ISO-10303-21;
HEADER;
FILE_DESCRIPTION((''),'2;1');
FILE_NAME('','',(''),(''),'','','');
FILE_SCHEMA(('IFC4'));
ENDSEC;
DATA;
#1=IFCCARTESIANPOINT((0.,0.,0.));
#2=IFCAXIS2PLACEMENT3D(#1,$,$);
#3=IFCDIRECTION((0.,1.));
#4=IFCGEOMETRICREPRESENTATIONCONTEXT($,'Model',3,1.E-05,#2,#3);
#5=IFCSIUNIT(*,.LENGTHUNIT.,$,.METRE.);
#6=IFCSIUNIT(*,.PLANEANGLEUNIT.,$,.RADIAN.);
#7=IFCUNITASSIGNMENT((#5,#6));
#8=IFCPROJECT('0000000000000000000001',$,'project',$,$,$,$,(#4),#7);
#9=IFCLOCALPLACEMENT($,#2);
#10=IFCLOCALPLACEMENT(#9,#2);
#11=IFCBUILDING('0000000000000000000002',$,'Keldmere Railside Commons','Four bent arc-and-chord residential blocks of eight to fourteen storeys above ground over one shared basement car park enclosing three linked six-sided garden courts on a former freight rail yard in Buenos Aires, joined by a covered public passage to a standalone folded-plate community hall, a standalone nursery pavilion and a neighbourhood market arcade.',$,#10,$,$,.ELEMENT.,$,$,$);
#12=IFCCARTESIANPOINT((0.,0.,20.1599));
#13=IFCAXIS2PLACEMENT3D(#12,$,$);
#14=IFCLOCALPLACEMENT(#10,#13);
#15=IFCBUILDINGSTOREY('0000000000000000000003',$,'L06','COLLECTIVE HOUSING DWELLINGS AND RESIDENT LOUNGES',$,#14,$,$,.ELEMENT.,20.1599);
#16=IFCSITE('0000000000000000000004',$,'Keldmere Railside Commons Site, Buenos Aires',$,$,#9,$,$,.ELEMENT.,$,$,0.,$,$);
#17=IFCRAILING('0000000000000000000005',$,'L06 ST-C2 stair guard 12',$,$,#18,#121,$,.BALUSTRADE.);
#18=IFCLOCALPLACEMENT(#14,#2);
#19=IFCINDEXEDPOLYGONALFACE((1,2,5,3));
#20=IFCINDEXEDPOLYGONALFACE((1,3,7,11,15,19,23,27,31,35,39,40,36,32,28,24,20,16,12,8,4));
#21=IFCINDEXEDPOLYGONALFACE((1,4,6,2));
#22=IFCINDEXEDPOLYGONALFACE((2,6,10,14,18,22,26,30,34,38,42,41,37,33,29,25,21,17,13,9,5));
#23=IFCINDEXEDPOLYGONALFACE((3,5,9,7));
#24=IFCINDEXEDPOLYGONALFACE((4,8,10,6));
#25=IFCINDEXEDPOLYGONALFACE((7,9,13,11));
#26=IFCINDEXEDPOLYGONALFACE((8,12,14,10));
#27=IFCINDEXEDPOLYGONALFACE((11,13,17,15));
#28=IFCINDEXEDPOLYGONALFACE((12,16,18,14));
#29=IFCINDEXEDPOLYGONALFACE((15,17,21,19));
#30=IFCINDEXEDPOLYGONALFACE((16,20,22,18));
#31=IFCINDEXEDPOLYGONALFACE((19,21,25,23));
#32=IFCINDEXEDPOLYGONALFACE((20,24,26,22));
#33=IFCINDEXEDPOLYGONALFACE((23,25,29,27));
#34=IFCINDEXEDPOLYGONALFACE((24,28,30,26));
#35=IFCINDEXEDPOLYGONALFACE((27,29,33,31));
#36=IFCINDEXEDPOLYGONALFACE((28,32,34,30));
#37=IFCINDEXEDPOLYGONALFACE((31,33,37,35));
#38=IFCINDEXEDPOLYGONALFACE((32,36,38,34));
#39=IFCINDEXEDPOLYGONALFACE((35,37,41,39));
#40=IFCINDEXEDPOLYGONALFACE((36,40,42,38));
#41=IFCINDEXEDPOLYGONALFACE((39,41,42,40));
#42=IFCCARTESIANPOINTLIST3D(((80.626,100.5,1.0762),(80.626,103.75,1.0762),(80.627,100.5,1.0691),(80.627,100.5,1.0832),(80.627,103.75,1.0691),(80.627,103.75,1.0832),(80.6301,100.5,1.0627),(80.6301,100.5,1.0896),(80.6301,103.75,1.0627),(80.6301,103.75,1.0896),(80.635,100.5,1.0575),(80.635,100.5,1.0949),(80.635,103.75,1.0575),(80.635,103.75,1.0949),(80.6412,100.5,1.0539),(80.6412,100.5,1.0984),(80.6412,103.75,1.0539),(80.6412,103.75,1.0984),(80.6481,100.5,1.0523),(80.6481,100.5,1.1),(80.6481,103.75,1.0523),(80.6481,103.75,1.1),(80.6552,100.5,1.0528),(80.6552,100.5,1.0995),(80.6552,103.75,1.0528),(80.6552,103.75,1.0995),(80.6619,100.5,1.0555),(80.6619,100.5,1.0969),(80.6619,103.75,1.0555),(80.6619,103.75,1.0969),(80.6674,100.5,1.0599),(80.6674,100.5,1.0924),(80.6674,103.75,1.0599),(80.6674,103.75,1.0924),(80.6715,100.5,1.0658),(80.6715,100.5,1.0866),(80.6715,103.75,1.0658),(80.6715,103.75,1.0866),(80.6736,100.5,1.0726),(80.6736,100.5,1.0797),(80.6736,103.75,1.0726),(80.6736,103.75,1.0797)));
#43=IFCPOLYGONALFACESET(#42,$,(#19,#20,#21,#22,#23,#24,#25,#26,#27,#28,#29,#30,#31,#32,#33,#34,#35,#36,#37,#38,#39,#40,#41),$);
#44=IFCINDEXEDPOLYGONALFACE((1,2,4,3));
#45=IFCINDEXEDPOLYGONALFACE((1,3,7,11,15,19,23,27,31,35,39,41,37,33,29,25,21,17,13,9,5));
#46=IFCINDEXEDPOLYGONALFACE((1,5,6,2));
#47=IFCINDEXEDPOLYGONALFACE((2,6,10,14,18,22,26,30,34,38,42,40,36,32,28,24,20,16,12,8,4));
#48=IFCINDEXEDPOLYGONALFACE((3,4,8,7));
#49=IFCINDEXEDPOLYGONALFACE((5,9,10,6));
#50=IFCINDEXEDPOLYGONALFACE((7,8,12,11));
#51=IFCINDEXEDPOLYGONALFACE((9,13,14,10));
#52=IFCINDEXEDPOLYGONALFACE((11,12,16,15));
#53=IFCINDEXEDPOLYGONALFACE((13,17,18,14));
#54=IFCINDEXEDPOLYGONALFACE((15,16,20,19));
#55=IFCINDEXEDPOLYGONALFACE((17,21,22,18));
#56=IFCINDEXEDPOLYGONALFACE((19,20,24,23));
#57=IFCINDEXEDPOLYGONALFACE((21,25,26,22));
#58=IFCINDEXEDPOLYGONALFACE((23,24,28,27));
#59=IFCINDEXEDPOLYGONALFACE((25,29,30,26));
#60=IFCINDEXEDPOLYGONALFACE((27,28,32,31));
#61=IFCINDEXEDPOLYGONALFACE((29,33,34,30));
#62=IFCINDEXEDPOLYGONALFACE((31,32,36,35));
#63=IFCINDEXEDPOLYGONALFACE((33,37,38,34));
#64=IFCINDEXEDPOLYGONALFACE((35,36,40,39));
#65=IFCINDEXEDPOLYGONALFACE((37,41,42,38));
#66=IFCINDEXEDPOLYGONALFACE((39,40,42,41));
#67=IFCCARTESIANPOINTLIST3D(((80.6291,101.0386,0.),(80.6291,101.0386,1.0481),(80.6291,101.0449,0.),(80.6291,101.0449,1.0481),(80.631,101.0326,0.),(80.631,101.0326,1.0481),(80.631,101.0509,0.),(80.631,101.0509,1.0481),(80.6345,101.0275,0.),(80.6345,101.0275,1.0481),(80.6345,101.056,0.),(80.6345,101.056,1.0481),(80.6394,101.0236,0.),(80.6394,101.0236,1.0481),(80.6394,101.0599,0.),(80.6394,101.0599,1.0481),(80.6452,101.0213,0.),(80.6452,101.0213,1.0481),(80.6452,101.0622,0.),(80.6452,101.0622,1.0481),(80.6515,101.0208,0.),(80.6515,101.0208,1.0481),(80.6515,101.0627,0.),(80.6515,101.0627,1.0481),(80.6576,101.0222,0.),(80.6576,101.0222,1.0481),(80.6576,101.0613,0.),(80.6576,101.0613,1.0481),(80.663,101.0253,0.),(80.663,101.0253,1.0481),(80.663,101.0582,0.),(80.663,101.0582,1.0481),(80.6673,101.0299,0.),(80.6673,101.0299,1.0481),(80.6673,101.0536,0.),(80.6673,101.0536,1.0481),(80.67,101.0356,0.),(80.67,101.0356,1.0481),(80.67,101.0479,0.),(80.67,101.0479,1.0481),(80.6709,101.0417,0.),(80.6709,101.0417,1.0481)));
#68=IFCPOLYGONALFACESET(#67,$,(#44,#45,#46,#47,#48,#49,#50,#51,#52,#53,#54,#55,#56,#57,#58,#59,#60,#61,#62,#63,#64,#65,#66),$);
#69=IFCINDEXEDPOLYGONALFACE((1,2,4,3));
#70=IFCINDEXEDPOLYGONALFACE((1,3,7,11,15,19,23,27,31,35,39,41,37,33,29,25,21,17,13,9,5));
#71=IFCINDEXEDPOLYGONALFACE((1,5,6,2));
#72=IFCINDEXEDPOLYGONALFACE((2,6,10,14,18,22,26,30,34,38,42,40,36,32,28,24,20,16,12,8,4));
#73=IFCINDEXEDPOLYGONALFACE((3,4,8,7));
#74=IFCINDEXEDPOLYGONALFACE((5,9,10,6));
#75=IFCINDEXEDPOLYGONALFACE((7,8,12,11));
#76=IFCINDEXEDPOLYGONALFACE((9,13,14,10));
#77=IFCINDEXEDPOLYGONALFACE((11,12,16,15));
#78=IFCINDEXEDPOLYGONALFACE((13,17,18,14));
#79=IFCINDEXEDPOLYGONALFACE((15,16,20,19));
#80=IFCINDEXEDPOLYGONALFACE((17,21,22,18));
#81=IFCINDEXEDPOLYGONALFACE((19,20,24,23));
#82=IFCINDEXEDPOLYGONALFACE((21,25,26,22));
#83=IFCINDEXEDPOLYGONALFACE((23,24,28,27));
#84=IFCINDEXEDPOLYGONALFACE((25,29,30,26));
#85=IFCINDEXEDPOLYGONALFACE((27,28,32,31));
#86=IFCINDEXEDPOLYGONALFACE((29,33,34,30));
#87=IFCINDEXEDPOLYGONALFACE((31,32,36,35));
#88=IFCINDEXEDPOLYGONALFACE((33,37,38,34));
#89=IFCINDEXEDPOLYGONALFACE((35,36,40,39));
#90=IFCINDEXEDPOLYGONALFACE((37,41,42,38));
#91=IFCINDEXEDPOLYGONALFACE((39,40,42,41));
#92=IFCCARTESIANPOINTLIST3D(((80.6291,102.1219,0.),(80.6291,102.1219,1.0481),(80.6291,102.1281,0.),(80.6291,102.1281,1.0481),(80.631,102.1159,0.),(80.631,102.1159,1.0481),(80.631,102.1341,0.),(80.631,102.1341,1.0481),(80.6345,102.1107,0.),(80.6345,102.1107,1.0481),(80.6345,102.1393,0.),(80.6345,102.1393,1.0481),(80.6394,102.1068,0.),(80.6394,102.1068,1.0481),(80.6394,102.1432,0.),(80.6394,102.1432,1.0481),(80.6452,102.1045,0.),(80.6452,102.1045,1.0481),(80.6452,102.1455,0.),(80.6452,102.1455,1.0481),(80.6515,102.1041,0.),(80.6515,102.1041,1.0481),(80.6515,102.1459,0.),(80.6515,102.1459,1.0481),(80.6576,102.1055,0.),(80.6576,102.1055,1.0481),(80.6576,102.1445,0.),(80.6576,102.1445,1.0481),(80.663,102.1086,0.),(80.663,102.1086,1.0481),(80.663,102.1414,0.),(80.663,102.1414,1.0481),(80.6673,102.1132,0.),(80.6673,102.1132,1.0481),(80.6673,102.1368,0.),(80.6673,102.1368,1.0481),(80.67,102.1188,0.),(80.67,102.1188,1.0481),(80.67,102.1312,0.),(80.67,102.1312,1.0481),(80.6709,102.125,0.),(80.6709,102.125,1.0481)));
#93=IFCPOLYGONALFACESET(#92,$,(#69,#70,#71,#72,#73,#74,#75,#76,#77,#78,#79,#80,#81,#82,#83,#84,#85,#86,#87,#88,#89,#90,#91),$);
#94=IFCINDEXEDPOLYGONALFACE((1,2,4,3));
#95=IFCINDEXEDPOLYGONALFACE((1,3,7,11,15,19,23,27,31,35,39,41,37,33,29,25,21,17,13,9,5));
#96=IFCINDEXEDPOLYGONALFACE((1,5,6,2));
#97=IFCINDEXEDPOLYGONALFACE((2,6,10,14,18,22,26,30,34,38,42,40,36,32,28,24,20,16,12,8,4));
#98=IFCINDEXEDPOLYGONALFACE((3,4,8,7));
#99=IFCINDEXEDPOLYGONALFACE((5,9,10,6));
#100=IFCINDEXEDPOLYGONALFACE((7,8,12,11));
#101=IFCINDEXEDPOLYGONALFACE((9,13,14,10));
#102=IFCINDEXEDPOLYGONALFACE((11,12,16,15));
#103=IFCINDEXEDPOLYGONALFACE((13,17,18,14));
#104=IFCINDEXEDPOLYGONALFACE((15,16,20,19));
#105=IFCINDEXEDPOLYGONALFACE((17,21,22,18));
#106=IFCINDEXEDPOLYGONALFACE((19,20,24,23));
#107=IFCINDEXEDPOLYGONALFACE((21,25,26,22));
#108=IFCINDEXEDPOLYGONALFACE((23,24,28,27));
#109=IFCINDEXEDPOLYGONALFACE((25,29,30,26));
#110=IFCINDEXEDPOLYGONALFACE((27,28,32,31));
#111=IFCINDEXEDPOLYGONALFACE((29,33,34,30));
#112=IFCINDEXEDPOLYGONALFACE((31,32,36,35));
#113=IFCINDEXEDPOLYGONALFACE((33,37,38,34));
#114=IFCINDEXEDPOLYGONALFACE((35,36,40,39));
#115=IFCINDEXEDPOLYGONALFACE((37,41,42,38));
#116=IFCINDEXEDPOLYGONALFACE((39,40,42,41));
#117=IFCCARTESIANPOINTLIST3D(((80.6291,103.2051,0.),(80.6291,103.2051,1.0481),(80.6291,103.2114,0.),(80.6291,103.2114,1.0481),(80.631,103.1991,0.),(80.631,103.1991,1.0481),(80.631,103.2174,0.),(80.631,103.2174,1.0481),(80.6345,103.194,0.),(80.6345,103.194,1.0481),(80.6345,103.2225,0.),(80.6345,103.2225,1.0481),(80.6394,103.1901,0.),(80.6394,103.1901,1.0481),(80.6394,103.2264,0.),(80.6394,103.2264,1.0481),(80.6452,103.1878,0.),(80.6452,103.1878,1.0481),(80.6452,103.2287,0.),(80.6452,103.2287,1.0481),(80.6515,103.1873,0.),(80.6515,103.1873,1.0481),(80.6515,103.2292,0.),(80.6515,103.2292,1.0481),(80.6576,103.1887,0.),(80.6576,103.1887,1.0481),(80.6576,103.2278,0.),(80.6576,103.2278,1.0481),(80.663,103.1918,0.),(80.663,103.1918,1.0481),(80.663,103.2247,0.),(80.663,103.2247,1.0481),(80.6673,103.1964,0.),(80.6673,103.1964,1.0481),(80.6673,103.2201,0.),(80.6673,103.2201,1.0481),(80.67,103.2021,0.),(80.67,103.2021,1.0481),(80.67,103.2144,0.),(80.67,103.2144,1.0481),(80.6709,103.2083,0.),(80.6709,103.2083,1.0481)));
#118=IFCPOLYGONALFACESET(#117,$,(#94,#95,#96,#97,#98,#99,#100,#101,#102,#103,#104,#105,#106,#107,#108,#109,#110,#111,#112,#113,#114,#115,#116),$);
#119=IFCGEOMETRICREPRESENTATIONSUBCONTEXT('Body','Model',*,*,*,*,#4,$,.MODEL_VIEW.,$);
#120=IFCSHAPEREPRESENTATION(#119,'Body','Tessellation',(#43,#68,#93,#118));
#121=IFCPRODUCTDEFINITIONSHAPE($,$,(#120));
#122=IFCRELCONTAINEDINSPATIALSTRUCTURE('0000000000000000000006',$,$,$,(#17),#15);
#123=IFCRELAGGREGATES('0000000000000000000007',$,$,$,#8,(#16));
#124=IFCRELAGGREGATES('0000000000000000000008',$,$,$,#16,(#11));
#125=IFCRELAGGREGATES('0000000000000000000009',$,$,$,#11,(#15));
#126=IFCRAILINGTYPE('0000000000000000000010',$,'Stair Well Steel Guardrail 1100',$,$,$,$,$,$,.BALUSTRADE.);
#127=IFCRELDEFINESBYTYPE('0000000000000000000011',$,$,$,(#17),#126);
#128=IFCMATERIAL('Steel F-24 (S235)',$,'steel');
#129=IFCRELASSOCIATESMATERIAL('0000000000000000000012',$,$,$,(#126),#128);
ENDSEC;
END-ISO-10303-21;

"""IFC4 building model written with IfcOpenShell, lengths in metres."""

from ifc_helpers import new_model, si_unit, direction, frame, origin, origin_2d, place, context, subcontext, project, spatial, circle, extrude, material, type_object, element, save


model = new_model("IFC4")

# Units and contexts
model_context = context("Model", 3, precision=1e-05, world=origin(), true_north=direction((0.0, 1.0)))
body_context = subcontext(model_context, "Body", "Model", "MODEL_VIEW")
ifc_project = project(units=[si_unit("LENGTHUNIT", "METRE"), si_unit("PLANEANGLEUNIT", "RADIAN")], contexts=[model_context])

# Site, building, storey
site_placement = place(None, origin())
site = spatial("IfcSite", under=ifc_project, at=site_placement, Name="Keldmere Railside Commons Site, Buenos Aires", CompositionType="ELEMENT", RefElevation=0.0)
building_placement = place(site_placement, origin())
building = spatial("IfcBuilding", under=site, at=building_placement, Name="Keldmere Railside Commons", Description="Four bent arc-and-chord residential blocks of eight to fourteen storeys above ground over one shared basement car park enclosing three linked six-sided garden courts on a former freight rail yard in Buenos Aires, joined by a covered public passage to a standalone folded-plate community hall, a standalone nursery pavilion and a neighbourhood market arcade.", CompositionType="ELEMENT")
storey_placement = place(building_placement, frame((0.0, 0.0, 20.1599)))
storey = spatial("IfcBuildingStorey", under=building, at=storey_placement, Name="L06", Description="COLLECTIVE HOUSING DWELLINGS AND RESIDENT LOUNGES", CompositionType="ELEMENT", Elevation=20.1599)

# Railing
ifc_material_1 = material(Name="Steel F-24 (S235)", Category="steel")
railing_type_1 = type_object("IfcRailingType", Name="Stair Well Steel Guardrail 1100", PredefinedType="BALUSTRADE", material=ifc_material_1)
railing_1_placement = place(storey_placement, frame((80.6499, 100.5, 0.0)))
element("IfcRailing", 1, at=railing_1_placement, inside=storey, type_object=railing_type_1, Name="L06 ST-C2 stair guard 12", PredefinedType="BALUSTRADE", context=body_context, shape_type="SweptSolid", body=[
    extrude(circle(Radius=0.0239, at=origin_2d()), frame((0.0, 0.0, 1.0762), z_axis=(0.0, 1.0, 0.0), x_axis=(-1.0, 0.0, 0.0)), (0.0, 0.0, 1.0), 3.25),
    extrude(circle(Radius=0.021, at=origin_2d()), frame((0.0, 0.5417, 0.0)), (0.0, 0.0, 1.0), 1.0481),
    extrude(circle(Radius=0.021, at=origin_2d()), frame((0.0, 1.625, 0.0)), (0.0, 0.0, 1.0), 1.0481),
    extrude(circle(Radius=0.021, at=origin_2d()), frame((0.0, 2.7083, 0.0)), (0.0, 0.0, 1.0), 1.0481),
])

save(model, "model.ifc")
